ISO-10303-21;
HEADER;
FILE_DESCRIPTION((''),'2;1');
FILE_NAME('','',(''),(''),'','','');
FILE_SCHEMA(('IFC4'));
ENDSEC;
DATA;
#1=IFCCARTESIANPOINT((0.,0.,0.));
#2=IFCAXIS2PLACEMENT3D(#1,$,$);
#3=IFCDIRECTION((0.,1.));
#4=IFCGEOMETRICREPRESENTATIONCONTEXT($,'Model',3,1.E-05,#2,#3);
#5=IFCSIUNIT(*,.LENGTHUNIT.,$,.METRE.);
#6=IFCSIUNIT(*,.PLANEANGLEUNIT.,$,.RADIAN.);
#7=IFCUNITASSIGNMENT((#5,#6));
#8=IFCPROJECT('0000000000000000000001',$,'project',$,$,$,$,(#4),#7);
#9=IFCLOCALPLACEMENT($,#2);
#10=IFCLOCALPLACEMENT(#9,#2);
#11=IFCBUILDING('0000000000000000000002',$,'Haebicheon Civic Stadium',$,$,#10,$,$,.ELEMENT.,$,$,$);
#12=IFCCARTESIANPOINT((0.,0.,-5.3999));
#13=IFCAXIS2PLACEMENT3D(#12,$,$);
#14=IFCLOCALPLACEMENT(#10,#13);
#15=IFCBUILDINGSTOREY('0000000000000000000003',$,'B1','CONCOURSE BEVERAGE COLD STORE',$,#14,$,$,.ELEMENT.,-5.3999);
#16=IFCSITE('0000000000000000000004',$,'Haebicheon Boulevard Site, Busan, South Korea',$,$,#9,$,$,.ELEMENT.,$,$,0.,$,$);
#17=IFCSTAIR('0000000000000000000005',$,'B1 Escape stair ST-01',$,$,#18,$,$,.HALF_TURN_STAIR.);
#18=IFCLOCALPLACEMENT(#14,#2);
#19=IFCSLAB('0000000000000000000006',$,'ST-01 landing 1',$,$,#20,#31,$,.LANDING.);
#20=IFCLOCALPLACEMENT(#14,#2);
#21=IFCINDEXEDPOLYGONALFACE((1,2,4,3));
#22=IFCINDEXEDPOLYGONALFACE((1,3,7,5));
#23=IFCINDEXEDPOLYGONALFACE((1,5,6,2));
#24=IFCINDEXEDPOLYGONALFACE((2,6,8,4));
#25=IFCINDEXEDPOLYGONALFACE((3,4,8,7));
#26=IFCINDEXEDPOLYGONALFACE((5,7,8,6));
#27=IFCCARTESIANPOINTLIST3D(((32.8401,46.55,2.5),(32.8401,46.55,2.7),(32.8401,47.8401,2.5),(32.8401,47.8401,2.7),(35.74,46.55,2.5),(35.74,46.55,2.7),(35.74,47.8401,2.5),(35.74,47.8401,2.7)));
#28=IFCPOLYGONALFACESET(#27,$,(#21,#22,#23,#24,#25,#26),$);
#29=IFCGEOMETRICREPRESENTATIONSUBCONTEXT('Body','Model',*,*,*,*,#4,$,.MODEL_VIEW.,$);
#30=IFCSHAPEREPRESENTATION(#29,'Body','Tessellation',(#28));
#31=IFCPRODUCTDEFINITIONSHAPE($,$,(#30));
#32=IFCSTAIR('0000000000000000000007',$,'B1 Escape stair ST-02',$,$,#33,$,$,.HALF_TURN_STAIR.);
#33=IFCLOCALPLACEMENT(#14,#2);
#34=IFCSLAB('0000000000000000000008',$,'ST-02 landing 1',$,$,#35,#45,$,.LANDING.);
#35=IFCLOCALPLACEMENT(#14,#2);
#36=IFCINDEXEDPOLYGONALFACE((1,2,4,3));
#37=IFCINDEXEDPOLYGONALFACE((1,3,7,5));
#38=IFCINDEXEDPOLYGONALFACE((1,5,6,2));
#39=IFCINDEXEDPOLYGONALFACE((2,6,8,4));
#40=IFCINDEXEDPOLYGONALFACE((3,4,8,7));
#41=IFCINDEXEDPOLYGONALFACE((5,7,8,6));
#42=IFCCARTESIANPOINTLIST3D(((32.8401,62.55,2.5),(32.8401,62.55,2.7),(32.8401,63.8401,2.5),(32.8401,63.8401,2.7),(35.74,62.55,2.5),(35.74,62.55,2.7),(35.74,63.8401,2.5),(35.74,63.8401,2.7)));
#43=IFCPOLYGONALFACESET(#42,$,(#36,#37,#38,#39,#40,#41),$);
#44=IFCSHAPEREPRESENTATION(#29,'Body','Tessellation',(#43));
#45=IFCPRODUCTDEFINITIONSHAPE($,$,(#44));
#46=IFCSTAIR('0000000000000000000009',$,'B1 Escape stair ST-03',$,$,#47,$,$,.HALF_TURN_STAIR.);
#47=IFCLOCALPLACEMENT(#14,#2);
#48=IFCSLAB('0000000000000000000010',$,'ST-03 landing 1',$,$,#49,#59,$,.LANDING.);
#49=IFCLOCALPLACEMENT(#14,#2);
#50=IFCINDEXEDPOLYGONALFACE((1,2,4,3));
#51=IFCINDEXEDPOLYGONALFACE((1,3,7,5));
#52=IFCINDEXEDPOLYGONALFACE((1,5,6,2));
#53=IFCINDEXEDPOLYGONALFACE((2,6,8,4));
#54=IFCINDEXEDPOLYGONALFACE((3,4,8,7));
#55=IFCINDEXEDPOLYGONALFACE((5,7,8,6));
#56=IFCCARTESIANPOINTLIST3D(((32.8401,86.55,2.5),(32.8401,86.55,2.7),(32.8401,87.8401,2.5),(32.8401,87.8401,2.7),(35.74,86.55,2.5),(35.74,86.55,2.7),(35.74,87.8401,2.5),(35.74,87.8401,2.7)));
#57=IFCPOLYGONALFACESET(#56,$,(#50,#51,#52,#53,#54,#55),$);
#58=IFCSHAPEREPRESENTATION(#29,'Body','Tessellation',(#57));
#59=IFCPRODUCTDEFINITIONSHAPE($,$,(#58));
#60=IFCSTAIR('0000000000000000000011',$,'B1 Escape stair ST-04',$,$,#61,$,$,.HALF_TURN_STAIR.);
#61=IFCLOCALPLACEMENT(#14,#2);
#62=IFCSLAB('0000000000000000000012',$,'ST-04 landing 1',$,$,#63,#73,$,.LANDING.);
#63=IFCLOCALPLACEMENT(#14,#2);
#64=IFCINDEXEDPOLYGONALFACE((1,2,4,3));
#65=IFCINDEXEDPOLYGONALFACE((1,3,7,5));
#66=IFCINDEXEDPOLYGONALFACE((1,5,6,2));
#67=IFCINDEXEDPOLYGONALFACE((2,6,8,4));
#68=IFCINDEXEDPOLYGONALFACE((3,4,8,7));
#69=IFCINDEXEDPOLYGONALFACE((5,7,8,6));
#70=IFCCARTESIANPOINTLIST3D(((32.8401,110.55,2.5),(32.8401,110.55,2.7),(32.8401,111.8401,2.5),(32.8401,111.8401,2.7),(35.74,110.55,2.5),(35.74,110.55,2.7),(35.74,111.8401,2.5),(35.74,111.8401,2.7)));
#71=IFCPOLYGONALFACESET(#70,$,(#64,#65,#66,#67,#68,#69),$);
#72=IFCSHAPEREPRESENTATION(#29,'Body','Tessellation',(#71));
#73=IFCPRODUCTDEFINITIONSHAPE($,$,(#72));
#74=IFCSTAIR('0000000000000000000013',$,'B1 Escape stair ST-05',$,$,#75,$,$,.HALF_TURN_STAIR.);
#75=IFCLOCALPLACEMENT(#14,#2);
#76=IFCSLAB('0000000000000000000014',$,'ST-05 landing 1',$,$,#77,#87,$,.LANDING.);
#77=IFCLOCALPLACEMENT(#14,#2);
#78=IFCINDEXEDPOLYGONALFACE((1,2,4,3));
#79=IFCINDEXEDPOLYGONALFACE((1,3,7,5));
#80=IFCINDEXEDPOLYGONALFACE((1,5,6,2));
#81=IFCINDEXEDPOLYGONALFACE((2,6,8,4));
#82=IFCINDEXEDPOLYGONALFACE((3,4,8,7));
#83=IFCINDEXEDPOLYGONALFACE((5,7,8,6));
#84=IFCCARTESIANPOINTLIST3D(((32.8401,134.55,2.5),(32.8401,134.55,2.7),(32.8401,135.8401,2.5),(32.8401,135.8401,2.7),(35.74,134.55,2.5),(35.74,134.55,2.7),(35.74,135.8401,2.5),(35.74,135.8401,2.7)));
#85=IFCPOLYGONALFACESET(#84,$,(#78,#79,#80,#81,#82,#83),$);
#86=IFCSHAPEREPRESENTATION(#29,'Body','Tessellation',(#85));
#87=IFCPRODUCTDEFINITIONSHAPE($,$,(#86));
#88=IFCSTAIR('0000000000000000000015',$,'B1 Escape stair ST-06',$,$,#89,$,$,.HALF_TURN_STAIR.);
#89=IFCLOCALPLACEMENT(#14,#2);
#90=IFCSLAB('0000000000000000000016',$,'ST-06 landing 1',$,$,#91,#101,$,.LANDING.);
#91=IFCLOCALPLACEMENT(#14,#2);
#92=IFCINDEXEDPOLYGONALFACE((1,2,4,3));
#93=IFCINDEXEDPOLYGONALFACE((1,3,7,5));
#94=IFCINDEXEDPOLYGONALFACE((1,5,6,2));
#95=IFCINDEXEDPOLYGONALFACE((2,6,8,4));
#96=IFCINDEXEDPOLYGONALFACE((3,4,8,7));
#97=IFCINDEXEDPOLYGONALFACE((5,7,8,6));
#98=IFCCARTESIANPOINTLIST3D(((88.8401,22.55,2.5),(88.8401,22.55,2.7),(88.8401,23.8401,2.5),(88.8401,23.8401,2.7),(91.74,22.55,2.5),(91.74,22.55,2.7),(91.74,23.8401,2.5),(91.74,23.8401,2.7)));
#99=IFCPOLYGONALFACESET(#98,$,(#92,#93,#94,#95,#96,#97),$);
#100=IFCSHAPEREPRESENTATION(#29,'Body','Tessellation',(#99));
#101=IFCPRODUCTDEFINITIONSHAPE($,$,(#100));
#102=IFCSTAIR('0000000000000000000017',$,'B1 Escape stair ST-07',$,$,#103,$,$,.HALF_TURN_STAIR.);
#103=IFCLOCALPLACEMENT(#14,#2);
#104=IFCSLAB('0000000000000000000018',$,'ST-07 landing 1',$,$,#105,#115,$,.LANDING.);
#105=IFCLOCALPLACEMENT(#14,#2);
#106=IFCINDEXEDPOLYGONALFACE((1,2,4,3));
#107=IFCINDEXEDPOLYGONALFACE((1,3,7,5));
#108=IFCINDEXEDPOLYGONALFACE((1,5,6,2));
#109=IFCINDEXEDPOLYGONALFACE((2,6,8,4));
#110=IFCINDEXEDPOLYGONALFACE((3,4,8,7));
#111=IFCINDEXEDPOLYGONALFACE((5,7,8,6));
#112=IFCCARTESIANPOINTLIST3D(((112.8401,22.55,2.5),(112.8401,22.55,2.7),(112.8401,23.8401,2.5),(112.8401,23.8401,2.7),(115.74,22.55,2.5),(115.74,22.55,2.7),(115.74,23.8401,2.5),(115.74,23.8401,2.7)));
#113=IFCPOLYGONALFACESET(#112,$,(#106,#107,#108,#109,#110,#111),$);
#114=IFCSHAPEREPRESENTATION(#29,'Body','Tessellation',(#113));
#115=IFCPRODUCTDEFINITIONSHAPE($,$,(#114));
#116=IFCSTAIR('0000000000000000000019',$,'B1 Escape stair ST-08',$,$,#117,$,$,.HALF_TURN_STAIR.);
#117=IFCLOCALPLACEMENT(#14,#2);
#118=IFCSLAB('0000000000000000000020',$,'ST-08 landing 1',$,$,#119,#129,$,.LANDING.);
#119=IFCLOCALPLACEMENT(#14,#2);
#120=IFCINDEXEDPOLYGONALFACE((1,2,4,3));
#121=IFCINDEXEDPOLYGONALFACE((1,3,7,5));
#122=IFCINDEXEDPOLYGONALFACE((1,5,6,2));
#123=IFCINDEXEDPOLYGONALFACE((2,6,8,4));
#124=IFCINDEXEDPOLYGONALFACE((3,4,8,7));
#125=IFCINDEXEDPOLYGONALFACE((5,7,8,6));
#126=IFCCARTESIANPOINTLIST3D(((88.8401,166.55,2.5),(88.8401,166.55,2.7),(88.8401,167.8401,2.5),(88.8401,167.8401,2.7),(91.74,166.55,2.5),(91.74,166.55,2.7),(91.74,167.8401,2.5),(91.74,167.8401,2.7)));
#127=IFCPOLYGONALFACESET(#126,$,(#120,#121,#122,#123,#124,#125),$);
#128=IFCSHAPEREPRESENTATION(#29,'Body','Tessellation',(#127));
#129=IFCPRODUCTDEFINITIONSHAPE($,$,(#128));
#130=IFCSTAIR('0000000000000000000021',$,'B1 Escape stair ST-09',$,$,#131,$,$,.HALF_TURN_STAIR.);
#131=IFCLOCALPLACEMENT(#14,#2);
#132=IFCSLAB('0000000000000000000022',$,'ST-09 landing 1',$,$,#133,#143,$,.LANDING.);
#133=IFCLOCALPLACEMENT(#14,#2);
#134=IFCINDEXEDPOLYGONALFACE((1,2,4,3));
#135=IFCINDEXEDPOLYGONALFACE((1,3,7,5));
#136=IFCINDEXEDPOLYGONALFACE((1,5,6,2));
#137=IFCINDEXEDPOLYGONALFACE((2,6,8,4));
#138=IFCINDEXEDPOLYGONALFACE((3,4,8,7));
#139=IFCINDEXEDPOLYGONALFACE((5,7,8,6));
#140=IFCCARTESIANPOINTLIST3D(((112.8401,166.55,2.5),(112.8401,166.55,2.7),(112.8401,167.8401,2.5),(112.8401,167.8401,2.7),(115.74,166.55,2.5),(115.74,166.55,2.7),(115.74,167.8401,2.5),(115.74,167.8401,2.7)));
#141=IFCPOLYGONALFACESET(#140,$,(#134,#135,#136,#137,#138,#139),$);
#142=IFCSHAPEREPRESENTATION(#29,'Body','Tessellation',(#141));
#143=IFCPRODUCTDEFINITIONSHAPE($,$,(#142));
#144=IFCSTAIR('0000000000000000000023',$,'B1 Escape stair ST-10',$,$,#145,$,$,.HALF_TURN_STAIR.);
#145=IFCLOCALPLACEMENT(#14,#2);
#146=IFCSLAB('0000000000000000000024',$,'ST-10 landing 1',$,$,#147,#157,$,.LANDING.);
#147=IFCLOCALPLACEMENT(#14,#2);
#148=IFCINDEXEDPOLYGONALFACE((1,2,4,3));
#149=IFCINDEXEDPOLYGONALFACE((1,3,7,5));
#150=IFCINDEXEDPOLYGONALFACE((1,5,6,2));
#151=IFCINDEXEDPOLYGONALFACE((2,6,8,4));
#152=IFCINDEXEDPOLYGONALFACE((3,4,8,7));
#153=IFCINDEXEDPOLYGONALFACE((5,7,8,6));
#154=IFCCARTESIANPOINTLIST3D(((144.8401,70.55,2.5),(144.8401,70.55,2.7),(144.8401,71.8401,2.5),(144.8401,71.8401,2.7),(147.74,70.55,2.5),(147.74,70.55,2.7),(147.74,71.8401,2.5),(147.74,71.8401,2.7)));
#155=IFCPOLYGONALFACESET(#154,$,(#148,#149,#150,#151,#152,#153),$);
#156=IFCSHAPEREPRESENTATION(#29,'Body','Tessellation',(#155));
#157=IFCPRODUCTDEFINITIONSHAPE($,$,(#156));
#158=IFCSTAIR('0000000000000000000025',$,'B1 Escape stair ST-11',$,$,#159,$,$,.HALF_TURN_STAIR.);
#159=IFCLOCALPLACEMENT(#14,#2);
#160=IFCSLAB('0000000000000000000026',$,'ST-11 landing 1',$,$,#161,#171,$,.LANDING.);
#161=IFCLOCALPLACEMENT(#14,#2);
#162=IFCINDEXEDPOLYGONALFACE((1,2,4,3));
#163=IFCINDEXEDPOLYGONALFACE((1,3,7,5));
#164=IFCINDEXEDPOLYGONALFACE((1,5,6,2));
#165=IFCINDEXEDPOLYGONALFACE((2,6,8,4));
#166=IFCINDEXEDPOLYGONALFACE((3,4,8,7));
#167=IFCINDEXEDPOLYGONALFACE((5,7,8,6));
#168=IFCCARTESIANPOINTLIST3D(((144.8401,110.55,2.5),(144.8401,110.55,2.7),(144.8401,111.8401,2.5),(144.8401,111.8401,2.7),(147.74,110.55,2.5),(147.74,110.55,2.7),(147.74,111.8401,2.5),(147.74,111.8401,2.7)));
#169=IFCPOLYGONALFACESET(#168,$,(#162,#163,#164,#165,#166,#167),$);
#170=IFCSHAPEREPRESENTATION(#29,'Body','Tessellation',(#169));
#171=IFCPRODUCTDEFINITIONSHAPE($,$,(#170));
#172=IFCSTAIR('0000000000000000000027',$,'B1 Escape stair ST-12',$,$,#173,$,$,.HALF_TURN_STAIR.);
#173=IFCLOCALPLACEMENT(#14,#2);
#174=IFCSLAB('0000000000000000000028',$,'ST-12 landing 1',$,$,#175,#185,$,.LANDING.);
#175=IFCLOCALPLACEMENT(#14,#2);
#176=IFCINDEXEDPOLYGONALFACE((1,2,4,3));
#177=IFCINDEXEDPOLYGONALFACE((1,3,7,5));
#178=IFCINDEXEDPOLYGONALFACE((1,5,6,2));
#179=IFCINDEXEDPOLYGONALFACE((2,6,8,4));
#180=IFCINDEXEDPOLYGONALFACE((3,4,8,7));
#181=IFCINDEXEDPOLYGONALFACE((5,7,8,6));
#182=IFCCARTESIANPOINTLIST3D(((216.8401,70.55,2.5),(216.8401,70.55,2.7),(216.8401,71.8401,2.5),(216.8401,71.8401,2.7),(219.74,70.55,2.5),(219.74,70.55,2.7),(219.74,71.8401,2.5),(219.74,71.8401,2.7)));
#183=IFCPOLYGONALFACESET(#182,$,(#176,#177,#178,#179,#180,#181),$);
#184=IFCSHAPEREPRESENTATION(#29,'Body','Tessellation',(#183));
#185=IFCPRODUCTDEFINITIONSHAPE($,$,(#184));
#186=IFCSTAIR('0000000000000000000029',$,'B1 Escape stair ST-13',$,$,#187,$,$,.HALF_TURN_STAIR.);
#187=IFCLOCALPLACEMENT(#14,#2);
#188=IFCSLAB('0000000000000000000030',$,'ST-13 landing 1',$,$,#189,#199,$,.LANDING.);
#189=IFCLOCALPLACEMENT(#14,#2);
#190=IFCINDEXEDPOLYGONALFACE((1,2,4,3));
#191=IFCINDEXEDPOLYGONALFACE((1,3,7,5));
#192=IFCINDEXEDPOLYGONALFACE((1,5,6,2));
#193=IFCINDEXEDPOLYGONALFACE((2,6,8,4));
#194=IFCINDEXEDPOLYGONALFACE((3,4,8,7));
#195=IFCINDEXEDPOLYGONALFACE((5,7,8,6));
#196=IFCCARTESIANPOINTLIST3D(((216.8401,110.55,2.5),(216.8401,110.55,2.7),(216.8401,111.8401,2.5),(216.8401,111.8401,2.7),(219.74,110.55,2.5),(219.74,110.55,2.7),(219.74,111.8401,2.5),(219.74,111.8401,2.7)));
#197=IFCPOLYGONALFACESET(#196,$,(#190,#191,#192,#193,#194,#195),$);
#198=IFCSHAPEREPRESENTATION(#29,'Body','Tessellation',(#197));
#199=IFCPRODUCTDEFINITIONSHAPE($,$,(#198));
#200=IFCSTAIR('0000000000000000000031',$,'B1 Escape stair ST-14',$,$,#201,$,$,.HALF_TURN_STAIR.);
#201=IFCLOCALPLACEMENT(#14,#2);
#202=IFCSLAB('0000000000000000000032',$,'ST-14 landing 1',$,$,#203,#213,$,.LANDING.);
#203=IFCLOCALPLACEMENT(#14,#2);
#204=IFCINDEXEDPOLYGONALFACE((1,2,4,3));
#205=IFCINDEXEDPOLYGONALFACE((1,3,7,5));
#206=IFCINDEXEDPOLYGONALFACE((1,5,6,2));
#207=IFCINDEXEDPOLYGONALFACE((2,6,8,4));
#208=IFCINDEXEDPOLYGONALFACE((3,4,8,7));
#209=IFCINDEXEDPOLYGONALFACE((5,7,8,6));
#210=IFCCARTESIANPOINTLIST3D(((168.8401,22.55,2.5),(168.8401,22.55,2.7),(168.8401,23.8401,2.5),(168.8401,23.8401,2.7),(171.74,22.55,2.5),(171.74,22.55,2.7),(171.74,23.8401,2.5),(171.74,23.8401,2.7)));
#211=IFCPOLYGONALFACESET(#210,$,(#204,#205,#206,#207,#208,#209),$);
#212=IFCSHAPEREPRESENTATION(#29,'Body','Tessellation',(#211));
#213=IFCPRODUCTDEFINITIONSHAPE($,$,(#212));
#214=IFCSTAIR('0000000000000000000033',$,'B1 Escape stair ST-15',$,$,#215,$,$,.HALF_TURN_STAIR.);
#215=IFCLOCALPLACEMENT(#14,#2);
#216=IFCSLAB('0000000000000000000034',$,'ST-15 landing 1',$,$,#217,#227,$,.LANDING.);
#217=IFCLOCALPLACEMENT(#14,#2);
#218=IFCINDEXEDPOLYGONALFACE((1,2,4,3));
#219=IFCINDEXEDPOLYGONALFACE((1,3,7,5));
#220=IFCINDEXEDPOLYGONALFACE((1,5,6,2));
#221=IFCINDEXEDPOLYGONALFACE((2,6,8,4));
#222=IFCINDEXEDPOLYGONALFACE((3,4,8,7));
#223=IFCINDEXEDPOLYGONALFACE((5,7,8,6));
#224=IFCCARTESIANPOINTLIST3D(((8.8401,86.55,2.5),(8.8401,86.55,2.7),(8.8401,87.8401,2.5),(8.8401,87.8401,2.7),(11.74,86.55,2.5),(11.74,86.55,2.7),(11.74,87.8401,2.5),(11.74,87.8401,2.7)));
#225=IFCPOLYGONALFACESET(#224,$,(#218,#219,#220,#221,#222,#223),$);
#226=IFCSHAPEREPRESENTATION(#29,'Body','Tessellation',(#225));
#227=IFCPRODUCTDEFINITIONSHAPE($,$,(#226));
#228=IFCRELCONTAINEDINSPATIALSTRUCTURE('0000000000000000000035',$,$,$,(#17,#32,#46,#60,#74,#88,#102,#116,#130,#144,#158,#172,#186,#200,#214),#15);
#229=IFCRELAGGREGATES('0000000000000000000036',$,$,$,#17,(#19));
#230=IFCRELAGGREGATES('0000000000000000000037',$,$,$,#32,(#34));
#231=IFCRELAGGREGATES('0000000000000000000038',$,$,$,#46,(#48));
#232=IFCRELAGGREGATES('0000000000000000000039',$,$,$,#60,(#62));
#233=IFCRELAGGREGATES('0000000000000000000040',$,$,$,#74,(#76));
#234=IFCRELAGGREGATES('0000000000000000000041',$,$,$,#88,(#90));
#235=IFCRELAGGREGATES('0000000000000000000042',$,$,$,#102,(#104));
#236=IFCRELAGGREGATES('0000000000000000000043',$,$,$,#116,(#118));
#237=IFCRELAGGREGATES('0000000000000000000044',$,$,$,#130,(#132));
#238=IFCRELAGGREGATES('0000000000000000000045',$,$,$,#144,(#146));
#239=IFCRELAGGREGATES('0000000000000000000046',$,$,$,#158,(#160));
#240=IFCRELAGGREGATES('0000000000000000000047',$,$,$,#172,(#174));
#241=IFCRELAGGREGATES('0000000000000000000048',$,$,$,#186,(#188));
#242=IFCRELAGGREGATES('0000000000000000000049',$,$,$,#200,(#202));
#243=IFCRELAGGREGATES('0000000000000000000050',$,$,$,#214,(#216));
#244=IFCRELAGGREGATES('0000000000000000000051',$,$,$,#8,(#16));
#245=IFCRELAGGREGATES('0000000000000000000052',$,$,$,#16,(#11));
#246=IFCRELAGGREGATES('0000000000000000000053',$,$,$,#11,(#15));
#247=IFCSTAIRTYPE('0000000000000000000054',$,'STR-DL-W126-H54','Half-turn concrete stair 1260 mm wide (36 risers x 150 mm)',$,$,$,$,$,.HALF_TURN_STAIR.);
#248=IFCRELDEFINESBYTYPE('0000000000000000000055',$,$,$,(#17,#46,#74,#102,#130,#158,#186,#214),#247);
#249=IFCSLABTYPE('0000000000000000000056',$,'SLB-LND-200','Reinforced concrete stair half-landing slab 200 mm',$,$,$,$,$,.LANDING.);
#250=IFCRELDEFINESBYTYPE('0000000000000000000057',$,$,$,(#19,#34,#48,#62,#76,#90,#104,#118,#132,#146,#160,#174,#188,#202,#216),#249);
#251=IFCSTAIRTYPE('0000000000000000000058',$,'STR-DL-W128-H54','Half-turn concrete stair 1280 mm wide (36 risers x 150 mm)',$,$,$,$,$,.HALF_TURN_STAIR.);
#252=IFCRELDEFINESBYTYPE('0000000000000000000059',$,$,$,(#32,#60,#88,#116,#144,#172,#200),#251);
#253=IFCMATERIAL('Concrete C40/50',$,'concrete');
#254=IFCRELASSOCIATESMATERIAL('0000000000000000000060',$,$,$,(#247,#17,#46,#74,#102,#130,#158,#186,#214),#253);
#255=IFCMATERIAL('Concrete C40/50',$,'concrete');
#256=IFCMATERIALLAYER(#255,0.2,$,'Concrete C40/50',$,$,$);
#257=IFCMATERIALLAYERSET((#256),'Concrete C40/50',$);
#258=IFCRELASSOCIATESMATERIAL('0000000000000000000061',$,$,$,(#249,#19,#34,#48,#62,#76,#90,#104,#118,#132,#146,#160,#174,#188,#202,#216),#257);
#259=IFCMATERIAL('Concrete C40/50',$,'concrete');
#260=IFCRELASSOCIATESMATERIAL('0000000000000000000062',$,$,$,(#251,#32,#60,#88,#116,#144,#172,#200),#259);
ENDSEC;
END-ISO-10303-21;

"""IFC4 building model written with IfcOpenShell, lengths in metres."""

from ifc_helpers import new_model, si_unit, direction, frame, origin, place, context, subcontext, project, spatial, polyline, outline, extrude, material, layer, layer_set, type_object, element, aggregate, save


model = new_model("IFC4")

# Units and contexts
model_context = context("Model", 3, precision=1e-05, world=origin(), true_north=direction((0.0, 1.0)))
body_context = subcontext(model_context, "Body", "Model", "MODEL_VIEW")
ifc_project = project(units=[si_unit("LENGTHUNIT", "METRE"), si_unit("PLANEANGLEUNIT", "RADIAN")], contexts=[model_context])

# Site, building, storey
site_placement = place(None, origin())
site = spatial("IfcSite", under=ifc_project, at=site_placement, Name="Haebicheon Boulevard Site, Busan, South Korea", CompositionType="ELEMENT", RefElevation=0.0)
building_placement = place(site_placement, origin())
building = spatial("IfcBuilding", under=site, at=building_placement, Name="Haebicheon Civic Stadium", CompositionType="ELEMENT")
storey_placement = place(building_placement, frame((0.0, 0.0, -5.3999)))
storey = spatial("IfcBuildingStorey", under=building, at=storey_placement, Name="B1", Description="CONCOURSE BEVERAGE COLD STORE", CompositionType="ELEMENT", Elevation=-5.3999)

# Stairs, slabs
ifc_material_1 = material(Name="Concrete C40/50", Category="concrete")
stair_type_1 = type_object("IfcStairType", Name="STR-DL-W126-H54", Description="Half-turn concrete stair 1260 mm wide (36 risers x 150 mm)", PredefinedType="HALF_TURN_STAIR", material=ifc_material_1)
stair_1_placement = place(storey_placement, origin())
stair_1 = element("IfcStair", 1, at=stair_1_placement, inside=storey, type_object=stair_type_1, material=ifc_material_1, Name="B1 Escape stair ST-01", PredefinedType="HALF_TURN_STAIR")
ifc_material_2 = material(Name="Concrete C40/50", Category="concrete")
ifc_layer_1 = layer(ifc_material_2, 0.2, Name="Concrete C40/50")
ifc_layer_set_1 = layer_set([ifc_layer_1], Name="Concrete C40/50")
slab_type = type_object("IfcSlabType", Name="SLB-LND-200", Description="Reinforced concrete stair half-landing slab 200 mm", PredefinedType="LANDING", material=ifc_layer_set_1)
slab_1_placement = place(storey_placement, frame((0.0, 0.0, 2.5)))
slab_1 = element("IfcSlab", 2, at=slab_1_placement, type_object=slab_type, material=ifc_layer_set_1, Name="ST-01 landing 1", PredefinedType="LANDING", context=body_context, shape_type="SweptSolid", body=[
    extrude(outline(polyline([(35.74, 46.55), (35.74, 47.8401), (32.8401, 47.8401), (32.8401, 46.55), (35.74, 46.55)])), origin(), (0.0, 0.0, 1.0), 0.2),
])
aggregate(stair_1, [slab_1])
ifc_material_3 = material(Name="Concrete C40/50", Category="concrete")
stair_type_2 = type_object("IfcStairType", Name="STR-DL-W128-H54", Description="Half-turn concrete stair 1280 mm wide (36 risers x 150 mm)", PredefinedType="HALF_TURN_STAIR", material=ifc_material_3)
stair_2_placement = place(storey_placement, origin())
stair_2 = element("IfcStair", 3, at=stair_2_placement, inside=storey, type_object=stair_type_2, material=ifc_material_3, Name="B1 Escape stair ST-02", PredefinedType="HALF_TURN_STAIR")
slab_2_placement = place(storey_placement, frame((0.0, 0.0, 2.5)))
slab_2 = element("IfcSlab", 4, at=slab_2_placement, type_object=slab_type, material=ifc_layer_set_1, Name="ST-02 landing 1", PredefinedType="LANDING", context=body_context, shape_type="SweptSolid", body=[
    extrude(outline(polyline([(35.74, 62.55), (35.74, 63.8401), (32.8401, 63.8401), (32.8401, 62.55), (35.74, 62.55)])), origin(), (0.0, 0.0, 1.0), 0.2),
])
aggregate(stair_2, [slab_2])
stair_3_placement = place(storey_placement, origin())
stair_3 = element("IfcStair", 5, at=stair_3_placement, inside=storey, type_object=stair_type_1, material=ifc_material_1, Name="B1 Escape stair ST-03", PredefinedType="HALF_TURN_STAIR")
slab_3_placement = place(storey_placement, frame((0.0, 0.0, 2.5)))
slab_3 = element("IfcSlab", 6, at=slab_3_placement, type_object=slab_type, material=ifc_layer_set_1, Name="ST-03 landing 1", PredefinedType="LANDING", context=body_context, shape_type="SweptSolid", body=[
    extrude(outline(polyline([(35.74, 86.55), (35.74, 87.8401), (32.8401, 87.8401), (32.8401, 86.55), (35.74, 86.55)])), origin(), (0.0, 0.0, 1.0), 0.2),
])
aggregate(stair_3, [slab_3])
stair_4_placement = place(storey_placement, origin())
stair_4 = element("IfcStair", 7, at=stair_4_placement, inside=storey, type_object=stair_type_2, material=ifc_material_3, Name="B1 Escape stair ST-04", PredefinedType="HALF_TURN_STAIR")
slab_4_placement = place(storey_placement, frame((0.0, 0.0, 2.5)))
slab_4 = element("IfcSlab", 8, at=slab_4_placement, type_object=slab_type, material=ifc_layer_set_1, Name="ST-04 landing 1", PredefinedType="LANDING", context=body_context, shape_type="SweptSolid", body=[
    extrude(outline(polyline([(35.74, 110.55), (35.74, 111.8401), (32.8401, 111.8401), (32.8401, 110.55), (35.74, 110.55)])), origin(), (0.0, 0.0, 1.0), 0.2),
])
aggregate(stair_4, [slab_4])
stair_5_placement = place(storey_placement, origin())
stair_5 = element("IfcStair", 9, at=stair_5_placement, inside=storey, type_object=stair_type_1, material=ifc_material_1, Name="B1 Escape stair ST-05", PredefinedType="HALF_TURN_STAIR")
slab_5_placement = place(storey_placement, frame((0.0, 0.0, 2.5)))
slab_5 = element("IfcSlab", 10, at=slab_5_placement, type_object=slab_type, material=ifc_layer_set_1, Name="ST-05 landing 1", PredefinedType="LANDING", context=body_context, shape_type="SweptSolid", body=[
    extrude(outline(polyline([(35.74, 134.55), (35.74, 135.8401), (32.8401, 135.8401), (32.8401, 134.55), (35.74, 134.55)])), origin(), (0.0, 0.0, 1.0), 0.2),
])
aggregate(stair_5, [slab_5])
stair_6_placement = place(storey_placement, origin())
stair_6 = element("IfcStair", 11, at=stair_6_placement, inside=storey, type_object=stair_type_2, material=ifc_material_3, Name="B1 Escape stair ST-06", PredefinedType="HALF_TURN_STAIR")
slab_6_placement = place(storey_placement, frame((0.0, 0.0, 2.5)))
slab_6 = element("IfcSlab", 12, at=slab_6_placement, type_object=slab_type, material=ifc_layer_set_1, Name="ST-06 landing 1", PredefinedType="LANDING", context=body_context, shape_type="SweptSolid", body=[
    extrude(outline(polyline([(91.74, 22.55), (91.74, 23.8401), (88.8401, 23.8401), (88.8401, 22.55), (91.74, 22.55)])), origin(), (0.0, 0.0, 1.0), 0.2),
])
aggregate(stair_6, [slab_6])
stair_7_placement = place(storey_placement, origin())
stair_7 = element("IfcStair", 13, at=stair_7_placement, inside=storey, type_object=stair_type_1, material=ifc_material_1, Name="B1 Escape stair ST-07", PredefinedType="HALF_TURN_STAIR")
slab_7_placement = place(storey_placement, frame((0.0, 0.0, 2.5)))
slab_7 = element("IfcSlab", 14, at=slab_7_placement, type_object=slab_type, material=ifc_layer_set_1, Name="ST-07 landing 1", PredefinedType="LANDING", context=body_context, shape_type="SweptSolid", body=[
    extrude(outline(polyline([(115.74, 22.55), (115.74, 23.8401), (112.8401, 23.8401), (112.8401, 22.55), (115.74, 22.55)])), origin(), (0.0, 0.0, 1.0), 0.2),
])
aggregate(stair_7, [slab_7])
stair_8_placement = place(storey_placement, origin())
stair_8 = element("IfcStair", 15, at=stair_8_placement, inside=storey, type_object=stair_type_2, material=ifc_material_3, Name="B1 Escape stair ST-08", PredefinedType="HALF_TURN_STAIR")
slab_8_placement = place(storey_placement, frame((0.0, 0.0, 2.5)))
slab_8 = element("IfcSlab", 16, at=slab_8_placement, type_object=slab_type, material=ifc_layer_set_1, Name="ST-08 landing 1", PredefinedType="LANDING", context=body_context, shape_type="SweptSolid", body=[
    extrude(outline(polyline([(91.74, 166.55), (91.74, 167.8401), (88.8401, 167.8401), (88.8401, 166.55), (91.74, 166.55)])), origin(), (0.0, 0.0, 1.0), 0.2),
])
aggregate(stair_8, [slab_8])
stair_9_placement = place(storey_placement, origin())
stair_9 = element("IfcStair", 17, at=stair_9_placement, inside=storey, type_object=stair_type_1, material=ifc_material_1, Name="B1 Escape stair ST-09", PredefinedType="HALF_TURN_STAIR")
slab_9_placement = place(storey_placement, frame((0.0, 0.0, 2.5)))
slab_9 = element("IfcSlab", 18, at=slab_9_placement, type_object=slab_type, material=ifc_layer_set_1, Name="ST-09 landing 1", PredefinedType="LANDING", context=body_context, shape_type="SweptSolid", body=[
    extrude(outline(polyline([(115.74, 166.55), (115.74, 167.8401), (112.8401, 167.8401), (112.8401, 166.55), (115.74, 166.55)])), origin(), (0.0, 0.0, 1.0), 0.2),
])
aggregate(stair_9, [slab_9])
stair_10_placement = place(storey_placement, origin())
stair_10 = element("IfcStair", 19, at=stair_10_placement, inside=storey, type_object=stair_type_2, material=ifc_material_3, Name="B1 Escape stair ST-10", PredefinedType="HALF_TURN_STAIR")
slab_10_placement = place(storey_placement, frame((0.0, 0.0, 2.5)))
slab_10 = element("IfcSlab", 20, at=slab_10_placement, type_object=slab_type, material=ifc_layer_set_1, Name="ST-10 landing 1", PredefinedType="LANDING", context=body_context, shape_type="SweptSolid", body=[
    extrude(outline(polyline([(147.74, 70.55), (147.74, 71.8401), (144.8401, 71.8401), (144.8401, 70.55), (147.74, 70.55)])), origin(), (0.0, 0.0, 1.0), 0.2),
])
aggregate(stair_10, [slab_10])
stair_11_placement = place(storey_placement, origin())
stair_11 = element("IfcStair", 21, at=stair_11_placement, inside=storey, type_object=stair_type_1, material=ifc_material_1, Name="B1 Escape stair ST-11", PredefinedType="HALF_TURN_STAIR")
slab_11_placement = place(storey_placement, frame((0.0, 0.0, 2.5)))
slab_11 = element("IfcSlab", 22, at=slab_11_placement, type_object=slab_type, material=ifc_layer_set_1, Name="ST-11 landing 1", PredefinedType="LANDING", context=body_context, shape_type="SweptSolid", body=[
    extrude(outline(polyline([(147.74, 110.55), (147.74, 111.8401), (144.8401, 111.8401), (144.8401, 110.55), (147.74, 110.55)])), origin(), (0.0, 0.0, 1.0), 0.2),
])
aggregate(stair_11, [slab_11])
stair_12_placement = place(storey_placement, origin())
stair_12 = element("IfcStair", 23, at=stair_12_placement, inside=storey, type_object=stair_type_2, material=ifc_material_3, Name="B1 Escape stair ST-12", PredefinedType="HALF_TURN_STAIR")
slab_12_placement = place(storey_placement, frame((0.0, 0.0, 2.5)))
slab_12 = element("IfcSlab", 24, at=slab_12_placement, type_object=slab_type, material=ifc_layer_set_1, Name="ST-12 landing 1", PredefinedType="LANDING", context=body_context, shape_type="SweptSolid", body=[
    extrude(outline(polyline([(219.74, 70.55), (219.74, 71.8401), (216.8401, 71.8401), (216.8401, 70.55), (219.74, 70.55)])), origin(), (0.0, 0.0, 1.0), 0.2),
])
aggregate(stair_12, [slab_12])
stair_13_placement = place(storey_placement, origin())
stair_13 = element("IfcStair", 25, at=stair_13_placement, inside=storey, type_object=stair_type_1, material=ifc_material_1, Name="B1 Escape stair ST-13", PredefinedType="HALF_TURN_STAIR")
slab_13_placement = place(storey_placement, frame((0.0, 0.0, 2.5)))
slab_13 = element("IfcSlab", 26, at=slab_13_placement, type_object=slab_type, material=ifc_layer_set_1, Name="ST-13 landing 1", PredefinedType="LANDING", context=body_context, shape_type="SweptSolid", body=[
    extrude(outline(polyline([(219.74, 110.55), (219.74, 111.8401), (216.8401, 111.8401), (216.8401, 110.55), (219.74, 110.55)])), origin(), (0.0, 0.0, 1.0), 0.2),
])
aggregate(stair_13, [slab_13])
stair_14_placement = place(storey_placement, origin())
stair_14 = element("IfcStair", 27, at=stair_14_placement, inside=storey, type_object=stair_type_2, material=ifc_material_3, Name="B1 Escape stair ST-14", PredefinedType="HALF_TURN_STAIR")
slab_14_placement = place(storey_placement, frame((0.0, 0.0, 2.5)))
slab_14 = element("IfcSlab", 28, at=slab_14_placement, type_object=slab_type, material=ifc_layer_set_1, Name="ST-14 landing 1", PredefinedType="LANDING", context=body_context, shape_type="SweptSolid", body=[
    extrude(outline(polyline([(171.74, 22.55), (171.74, 23.8401), (168.8401, 23.8401), (168.8401, 22.55), (171.74, 22.55)])), origin(), (0.0, 0.0, 1.0), 0.2),
])
aggregate(stair_14, [slab_14])
stair_15_placement = place(storey_placement, origin())
stair_15 = element("IfcStair", 29, at=stair_15_placement, inside=storey, type_object=stair_type_1, material=ifc_material_1, Name="B1 Escape stair ST-15", PredefinedType="HALF_TURN_STAIR")
slab_15_placement = place(storey_placement, frame((0.0, 0.0, 2.5)))
slab_15 = element("IfcSlab", 30, at=slab_15_placement, type_object=slab_type, material=ifc_layer_set_1, Name="ST-15 landing 1", PredefinedType="LANDING", context=body_context, shape_type="SweptSolid", body=[
    extrude(outline(polyline([(11.74, 86.55), (11.74, 87.8401), (8.8401, 87.8401), (8.8401, 86.55), (11.74, 86.55)])), origin(), (0.0, 0.0, 1.0), 0.2),
])
aggregate(stair_15, [slab_15])

save(model, "model.ifc")
